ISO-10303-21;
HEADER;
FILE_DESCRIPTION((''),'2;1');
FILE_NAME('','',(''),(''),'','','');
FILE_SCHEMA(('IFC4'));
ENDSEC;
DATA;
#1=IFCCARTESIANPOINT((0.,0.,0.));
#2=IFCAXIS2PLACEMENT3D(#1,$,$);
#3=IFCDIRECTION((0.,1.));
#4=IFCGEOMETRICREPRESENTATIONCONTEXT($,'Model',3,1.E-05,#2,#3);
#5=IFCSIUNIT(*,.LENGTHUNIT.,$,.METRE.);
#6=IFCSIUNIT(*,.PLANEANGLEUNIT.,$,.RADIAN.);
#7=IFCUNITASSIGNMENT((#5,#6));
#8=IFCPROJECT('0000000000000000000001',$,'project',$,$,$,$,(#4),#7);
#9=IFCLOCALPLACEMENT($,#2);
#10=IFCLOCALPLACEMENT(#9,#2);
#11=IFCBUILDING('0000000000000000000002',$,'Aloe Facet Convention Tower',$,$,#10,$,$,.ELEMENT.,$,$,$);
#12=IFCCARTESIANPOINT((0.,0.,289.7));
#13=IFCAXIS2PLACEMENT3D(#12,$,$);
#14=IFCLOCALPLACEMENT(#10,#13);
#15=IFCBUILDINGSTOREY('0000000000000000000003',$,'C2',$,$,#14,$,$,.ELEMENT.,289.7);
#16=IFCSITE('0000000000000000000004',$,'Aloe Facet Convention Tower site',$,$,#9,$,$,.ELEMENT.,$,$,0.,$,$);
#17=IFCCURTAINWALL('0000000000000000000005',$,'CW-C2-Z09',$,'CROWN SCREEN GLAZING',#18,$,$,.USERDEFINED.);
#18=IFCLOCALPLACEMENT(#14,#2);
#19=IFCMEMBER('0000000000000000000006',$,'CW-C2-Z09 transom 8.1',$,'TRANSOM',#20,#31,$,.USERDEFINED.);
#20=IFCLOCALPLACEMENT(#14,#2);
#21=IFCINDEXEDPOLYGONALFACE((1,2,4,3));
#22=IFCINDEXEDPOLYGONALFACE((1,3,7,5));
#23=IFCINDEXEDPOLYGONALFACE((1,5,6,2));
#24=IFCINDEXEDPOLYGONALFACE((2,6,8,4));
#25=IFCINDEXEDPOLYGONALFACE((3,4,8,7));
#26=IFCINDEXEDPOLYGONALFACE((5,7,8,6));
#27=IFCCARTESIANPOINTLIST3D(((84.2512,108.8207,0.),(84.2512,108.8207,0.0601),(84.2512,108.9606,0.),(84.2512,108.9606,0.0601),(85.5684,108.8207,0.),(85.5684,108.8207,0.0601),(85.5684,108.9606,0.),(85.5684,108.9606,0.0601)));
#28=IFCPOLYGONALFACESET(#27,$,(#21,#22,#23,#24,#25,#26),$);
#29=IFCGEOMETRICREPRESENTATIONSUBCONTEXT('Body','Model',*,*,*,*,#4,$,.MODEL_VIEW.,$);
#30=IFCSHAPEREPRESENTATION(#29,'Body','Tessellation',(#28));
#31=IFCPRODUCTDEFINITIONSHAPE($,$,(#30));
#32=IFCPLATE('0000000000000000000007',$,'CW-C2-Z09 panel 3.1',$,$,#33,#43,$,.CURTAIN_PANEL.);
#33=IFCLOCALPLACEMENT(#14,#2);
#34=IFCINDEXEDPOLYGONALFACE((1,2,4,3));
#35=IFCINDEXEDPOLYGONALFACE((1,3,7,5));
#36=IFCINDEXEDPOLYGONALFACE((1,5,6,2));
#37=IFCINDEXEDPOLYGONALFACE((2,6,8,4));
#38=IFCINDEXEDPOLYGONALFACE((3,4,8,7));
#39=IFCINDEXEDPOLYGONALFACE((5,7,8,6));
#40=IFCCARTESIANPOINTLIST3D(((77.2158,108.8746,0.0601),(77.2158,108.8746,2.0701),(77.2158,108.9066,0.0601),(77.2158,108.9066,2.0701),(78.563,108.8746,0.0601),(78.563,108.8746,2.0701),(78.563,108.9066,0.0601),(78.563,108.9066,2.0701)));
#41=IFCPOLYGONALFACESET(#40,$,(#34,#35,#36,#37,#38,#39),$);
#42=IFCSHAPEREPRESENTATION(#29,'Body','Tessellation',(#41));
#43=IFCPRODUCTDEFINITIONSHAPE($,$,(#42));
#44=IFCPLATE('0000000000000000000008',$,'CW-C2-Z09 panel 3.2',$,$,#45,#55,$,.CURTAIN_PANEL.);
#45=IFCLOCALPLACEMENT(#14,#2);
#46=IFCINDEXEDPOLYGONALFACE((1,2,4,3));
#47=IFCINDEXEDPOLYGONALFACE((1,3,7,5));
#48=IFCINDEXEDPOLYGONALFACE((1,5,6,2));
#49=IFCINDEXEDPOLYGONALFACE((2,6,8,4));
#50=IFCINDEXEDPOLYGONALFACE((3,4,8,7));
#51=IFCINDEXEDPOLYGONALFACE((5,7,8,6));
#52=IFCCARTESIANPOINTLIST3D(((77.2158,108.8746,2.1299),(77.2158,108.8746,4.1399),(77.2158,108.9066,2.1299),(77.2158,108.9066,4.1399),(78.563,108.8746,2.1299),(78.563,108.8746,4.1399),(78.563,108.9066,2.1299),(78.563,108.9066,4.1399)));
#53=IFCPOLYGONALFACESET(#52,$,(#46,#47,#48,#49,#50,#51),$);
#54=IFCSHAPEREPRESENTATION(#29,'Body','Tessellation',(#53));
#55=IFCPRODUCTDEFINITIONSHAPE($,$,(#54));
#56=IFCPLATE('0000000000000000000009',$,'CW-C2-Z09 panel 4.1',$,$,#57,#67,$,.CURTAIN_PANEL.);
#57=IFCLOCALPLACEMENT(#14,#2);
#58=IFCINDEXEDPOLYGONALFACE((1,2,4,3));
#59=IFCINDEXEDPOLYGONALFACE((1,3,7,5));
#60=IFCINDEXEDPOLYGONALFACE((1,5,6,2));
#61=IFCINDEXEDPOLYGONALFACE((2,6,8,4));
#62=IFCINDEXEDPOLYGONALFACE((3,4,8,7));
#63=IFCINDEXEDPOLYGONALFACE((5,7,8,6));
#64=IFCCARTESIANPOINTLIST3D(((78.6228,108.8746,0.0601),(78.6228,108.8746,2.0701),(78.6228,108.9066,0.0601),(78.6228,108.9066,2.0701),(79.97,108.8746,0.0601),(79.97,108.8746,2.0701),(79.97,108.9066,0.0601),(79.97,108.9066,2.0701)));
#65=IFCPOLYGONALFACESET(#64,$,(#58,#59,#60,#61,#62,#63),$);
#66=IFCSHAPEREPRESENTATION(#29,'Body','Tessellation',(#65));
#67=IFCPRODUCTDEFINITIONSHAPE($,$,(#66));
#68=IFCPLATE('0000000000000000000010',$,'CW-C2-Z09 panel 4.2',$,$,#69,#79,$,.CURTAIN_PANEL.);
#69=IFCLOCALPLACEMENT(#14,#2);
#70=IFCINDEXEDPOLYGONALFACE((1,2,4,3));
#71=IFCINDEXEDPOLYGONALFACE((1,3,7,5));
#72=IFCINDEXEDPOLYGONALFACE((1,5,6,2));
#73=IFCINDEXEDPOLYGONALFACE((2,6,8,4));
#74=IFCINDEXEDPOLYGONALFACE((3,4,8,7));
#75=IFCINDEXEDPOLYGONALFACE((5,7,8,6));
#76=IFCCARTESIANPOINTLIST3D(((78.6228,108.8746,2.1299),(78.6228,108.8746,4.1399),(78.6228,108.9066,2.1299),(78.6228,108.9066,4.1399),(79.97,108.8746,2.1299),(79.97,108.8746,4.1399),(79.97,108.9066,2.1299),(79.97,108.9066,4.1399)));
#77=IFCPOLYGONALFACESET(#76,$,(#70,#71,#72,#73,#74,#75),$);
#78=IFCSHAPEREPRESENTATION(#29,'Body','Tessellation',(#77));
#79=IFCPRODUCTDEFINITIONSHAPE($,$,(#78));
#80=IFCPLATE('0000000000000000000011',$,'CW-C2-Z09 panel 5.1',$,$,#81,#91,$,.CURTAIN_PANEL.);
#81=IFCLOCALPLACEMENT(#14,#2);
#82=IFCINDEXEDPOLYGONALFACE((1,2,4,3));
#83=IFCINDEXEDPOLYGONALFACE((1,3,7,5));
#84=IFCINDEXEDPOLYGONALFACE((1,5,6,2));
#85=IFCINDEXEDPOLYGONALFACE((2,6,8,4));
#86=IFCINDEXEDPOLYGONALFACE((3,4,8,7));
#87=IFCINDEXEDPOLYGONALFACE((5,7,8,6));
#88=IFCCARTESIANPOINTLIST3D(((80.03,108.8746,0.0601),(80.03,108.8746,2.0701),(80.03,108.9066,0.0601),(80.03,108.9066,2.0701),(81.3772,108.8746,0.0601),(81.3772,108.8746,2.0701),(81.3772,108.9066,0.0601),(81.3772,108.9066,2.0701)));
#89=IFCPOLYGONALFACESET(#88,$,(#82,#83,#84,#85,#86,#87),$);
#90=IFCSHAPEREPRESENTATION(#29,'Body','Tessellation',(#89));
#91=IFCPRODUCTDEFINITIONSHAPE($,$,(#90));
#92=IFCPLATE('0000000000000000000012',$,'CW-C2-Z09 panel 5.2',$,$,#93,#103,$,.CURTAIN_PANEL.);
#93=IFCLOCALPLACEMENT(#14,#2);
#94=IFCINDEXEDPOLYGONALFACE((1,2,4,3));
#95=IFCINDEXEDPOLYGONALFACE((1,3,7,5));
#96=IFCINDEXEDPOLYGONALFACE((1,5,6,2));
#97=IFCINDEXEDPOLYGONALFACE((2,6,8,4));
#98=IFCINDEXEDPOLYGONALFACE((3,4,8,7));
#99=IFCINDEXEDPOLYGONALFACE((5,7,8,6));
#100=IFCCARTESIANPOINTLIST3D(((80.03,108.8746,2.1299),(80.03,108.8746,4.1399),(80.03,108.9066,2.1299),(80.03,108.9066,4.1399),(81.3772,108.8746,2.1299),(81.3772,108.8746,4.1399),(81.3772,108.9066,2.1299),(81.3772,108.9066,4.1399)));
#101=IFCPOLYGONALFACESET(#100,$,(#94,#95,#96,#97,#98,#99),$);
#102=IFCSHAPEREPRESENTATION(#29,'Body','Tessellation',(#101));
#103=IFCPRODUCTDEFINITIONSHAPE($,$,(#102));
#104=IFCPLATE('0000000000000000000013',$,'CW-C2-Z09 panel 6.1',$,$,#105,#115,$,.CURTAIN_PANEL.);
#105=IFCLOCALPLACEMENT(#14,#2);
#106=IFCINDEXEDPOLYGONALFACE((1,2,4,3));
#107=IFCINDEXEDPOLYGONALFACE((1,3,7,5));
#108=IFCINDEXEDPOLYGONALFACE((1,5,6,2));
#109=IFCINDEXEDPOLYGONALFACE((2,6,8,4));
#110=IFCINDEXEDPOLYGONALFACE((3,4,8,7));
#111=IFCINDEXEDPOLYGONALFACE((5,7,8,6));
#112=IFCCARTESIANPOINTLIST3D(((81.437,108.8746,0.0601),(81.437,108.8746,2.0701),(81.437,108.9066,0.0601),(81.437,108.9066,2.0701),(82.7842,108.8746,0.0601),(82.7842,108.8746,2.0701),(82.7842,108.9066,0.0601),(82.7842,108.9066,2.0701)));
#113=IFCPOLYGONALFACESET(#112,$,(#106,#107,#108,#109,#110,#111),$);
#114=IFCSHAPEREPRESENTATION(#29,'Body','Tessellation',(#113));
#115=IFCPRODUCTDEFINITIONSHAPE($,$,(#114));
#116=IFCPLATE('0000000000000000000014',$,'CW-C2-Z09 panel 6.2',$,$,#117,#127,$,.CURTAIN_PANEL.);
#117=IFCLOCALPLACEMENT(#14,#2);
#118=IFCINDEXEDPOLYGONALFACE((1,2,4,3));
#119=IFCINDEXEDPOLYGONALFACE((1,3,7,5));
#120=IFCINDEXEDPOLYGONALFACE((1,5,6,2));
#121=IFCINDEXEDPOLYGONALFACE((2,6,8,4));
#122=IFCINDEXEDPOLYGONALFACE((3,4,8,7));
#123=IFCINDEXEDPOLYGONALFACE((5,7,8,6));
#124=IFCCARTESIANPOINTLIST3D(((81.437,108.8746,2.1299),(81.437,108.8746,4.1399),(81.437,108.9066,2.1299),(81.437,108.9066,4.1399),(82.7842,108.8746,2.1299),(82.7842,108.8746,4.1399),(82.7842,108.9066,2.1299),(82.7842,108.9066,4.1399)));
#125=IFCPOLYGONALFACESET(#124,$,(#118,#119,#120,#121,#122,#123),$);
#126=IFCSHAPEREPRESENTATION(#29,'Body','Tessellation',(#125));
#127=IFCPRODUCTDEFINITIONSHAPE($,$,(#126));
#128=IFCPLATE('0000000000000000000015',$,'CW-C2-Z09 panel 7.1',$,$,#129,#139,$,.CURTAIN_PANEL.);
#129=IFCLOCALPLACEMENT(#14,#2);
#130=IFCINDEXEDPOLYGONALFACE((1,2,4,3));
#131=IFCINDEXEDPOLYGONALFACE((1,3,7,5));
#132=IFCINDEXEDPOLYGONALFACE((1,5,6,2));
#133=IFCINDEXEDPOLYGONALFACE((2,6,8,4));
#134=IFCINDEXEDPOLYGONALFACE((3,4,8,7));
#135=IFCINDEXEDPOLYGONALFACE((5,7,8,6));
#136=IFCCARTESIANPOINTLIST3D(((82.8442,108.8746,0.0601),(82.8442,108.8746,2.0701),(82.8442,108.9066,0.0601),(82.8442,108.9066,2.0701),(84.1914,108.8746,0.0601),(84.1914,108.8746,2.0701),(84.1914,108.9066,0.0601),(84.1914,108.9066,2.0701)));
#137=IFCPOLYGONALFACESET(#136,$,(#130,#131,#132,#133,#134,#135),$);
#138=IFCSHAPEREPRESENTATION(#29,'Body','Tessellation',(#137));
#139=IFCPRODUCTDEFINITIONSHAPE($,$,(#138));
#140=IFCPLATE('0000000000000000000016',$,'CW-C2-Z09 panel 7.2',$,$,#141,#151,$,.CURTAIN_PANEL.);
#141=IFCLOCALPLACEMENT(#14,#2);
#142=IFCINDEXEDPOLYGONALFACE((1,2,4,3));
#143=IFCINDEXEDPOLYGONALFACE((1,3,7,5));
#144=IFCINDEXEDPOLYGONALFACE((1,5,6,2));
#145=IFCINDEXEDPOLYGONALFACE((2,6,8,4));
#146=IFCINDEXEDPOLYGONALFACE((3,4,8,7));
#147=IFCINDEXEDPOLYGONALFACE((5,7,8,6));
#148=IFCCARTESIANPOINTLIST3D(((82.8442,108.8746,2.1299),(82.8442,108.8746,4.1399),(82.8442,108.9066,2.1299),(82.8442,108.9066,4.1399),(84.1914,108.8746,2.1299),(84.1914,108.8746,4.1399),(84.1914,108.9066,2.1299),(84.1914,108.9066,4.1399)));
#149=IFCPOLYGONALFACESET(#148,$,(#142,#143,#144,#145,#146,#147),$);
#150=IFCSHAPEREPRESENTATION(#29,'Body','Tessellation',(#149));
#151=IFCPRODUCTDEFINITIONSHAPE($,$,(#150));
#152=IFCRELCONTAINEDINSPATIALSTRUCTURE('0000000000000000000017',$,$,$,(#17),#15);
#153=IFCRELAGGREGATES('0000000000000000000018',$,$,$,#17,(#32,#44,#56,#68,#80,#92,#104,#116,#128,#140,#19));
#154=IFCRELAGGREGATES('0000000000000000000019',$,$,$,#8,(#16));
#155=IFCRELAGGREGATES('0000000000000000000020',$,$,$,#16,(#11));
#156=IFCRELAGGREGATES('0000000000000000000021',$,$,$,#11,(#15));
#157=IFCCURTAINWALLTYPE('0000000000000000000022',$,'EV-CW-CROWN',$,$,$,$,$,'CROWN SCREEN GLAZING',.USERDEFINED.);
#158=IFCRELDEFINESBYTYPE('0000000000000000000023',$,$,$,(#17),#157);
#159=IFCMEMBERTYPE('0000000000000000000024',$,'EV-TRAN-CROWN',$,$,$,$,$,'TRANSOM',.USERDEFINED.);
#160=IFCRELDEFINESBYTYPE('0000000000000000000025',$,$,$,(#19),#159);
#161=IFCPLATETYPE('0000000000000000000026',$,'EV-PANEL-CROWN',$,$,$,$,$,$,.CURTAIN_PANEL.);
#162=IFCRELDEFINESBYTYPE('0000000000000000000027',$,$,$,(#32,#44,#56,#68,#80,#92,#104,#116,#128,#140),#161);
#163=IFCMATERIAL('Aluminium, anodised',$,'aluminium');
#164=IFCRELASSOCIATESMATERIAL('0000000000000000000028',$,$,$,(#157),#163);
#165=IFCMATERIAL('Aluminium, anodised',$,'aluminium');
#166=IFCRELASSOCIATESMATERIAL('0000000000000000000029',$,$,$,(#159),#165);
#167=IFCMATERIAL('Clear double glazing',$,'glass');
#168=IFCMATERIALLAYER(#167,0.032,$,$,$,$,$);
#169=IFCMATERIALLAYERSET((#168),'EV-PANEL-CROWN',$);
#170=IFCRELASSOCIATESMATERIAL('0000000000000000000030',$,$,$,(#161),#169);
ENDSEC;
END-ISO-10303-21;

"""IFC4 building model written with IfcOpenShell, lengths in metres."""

from ifc_helpers import new_model, si_unit, direction, frame, origin, origin_2d, place, context, subcontext, project, spatial, rectangle, extrude, material, layer, layer_set, material_profile, profile_set, type_object, element, aggregate, save


model = new_model("IFC4")

# Units and contexts
model_context = context("Model", 3, precision=1e-05, world=origin(), true_north=direction((0.0, 1.0)))
body_context = subcontext(model_context, "Body", "Model", "MODEL_VIEW")
ifc_project = project(units=[si_unit("LENGTHUNIT", "METRE"), si_unit("PLANEANGLEUNIT", "RADIAN")], contexts=[model_context])

# Site, building, storey
site_placement = place(None, origin())
site = spatial("IfcSite", under=ifc_project, at=site_placement, Name="Aloe Facet Convention Tower site", CompositionType="ELEMENT", RefElevation=0.0)
building_placement = place(site_placement, origin())
building = spatial("IfcBuilding", under=site, at=building_placement, Name="Aloe Facet Convention Tower", CompositionType="ELEMENT")
storey_placement = place(building_placement, frame((0.0, 0.0, 289.7)))
storey = spatial("IfcBuildingStorey", under=building, at=storey_placement, Name="C2", CompositionType="ELEMENT", Elevation=289.7)

# Curtain wall, member, plates
ifc_material_1 = material(Name="Aluminium, anodised", Category="aluminium")
curtain_wall_type = type_object("IfcCurtainWallType", Name="EV-CW-CROWN", ElementType="CROWN SCREEN GLAZING", PredefinedType="USERDEFINED", material=ifc_material_1)
curtain_wall_placement = place(storey_placement, origin())
curtain_wall = element("IfcCurtainWall", 1, at=curtain_wall_placement, inside=storey, type_object=curtain_wall_type, Name="CW-C2-Z09", ObjectType="CROWN SCREEN GLAZING", PredefinedType="USERDEFINED")
ifc_material_2 = material(Name="Aluminium, anodised", Category="aluminium")
ifc_material_profile = material_profile(ifc_material_2, rectangle(XDim=0.1399, YDim=0.0601, at=origin_2d()), Name="AL 140x60")
ifc_profile_set = profile_set([ifc_material_profile], Name="Aluminium, anodised")
member_type = type_object("IfcMemberType", Name="EV-TRAN-CROWN", ElementType="TRANSOM", PredefinedType="USERDEFINED", material=ifc_profile_set)
member_1_placement = place(storey_placement, frame((84.2512, 108.8906, 0.03), z_axis=(1.0, 0.0, 0.0), x_axis=(0.0, 1.0, 0.0)))
member_1 = element("IfcMember", 2, at=member_1_placement, type_object=member_type, Name="CW-C2-Z09 transom 8.1", ObjectType="TRANSOM", PredefinedType="USERDEFINED", context=body_context, shape_type="SweptSolid", body=[
    extrude(rectangle(XDim=0.1399, YDim=0.0601, at=origin_2d()), origin(), (0.0, 0.0, 1.0), 1.3171),
])
ifc_material_3 = material(Name="Clear double glazing", Category="glass")
ifc_layer = layer(ifc_material_3, 0.032)
ifc_layer_set = layer_set([ifc_layer], Name="EV-PANEL-CROWN")
plate_type = type_object("IfcPlateType", Name="EV-PANEL-CROWN", PredefinedType="CURTAIN_PANEL", material=ifc_layer_set)
plate_1_placement = place(storey_placement, frame((77.8894, 108.8906, 0.0601), z_axis=(0.0, 0.0, 1.0), x_axis=(1.0, 0.0, 0.0)))
plate_1 = element("IfcPlate", 3, at=plate_1_placement, type_object=plate_type, Name="CW-C2-Z09 panel 3.1", PredefinedType="CURTAIN_PANEL", context=body_context, shape_type="SweptSolid", body=[
    extrude(rectangle(XDim=1.3472, YDim=0.032, at=origin_2d()), origin(), (0.0, 0.0, 1.0), 2.01),
])
plate_2_placement = place(storey_placement, frame((77.8894, 108.8906, 2.1299), z_axis=(0.0, 0.0, 1.0), x_axis=(1.0, 0.0, 0.0)))
plate_2 = element("IfcPlate", 4, at=plate_2_placement, type_object=plate_type, Name="CW-C2-Z09 panel 3.2", PredefinedType="CURTAIN_PANEL", context=body_context, shape_type="SweptSolid", body=[
    extrude(rectangle(XDim=1.3472, YDim=0.032, at=origin_2d()), origin(), (0.0, 0.0, 1.0), 2.01),
])
plate_3_placement = place(storey_placement, frame((79.2964, 108.8906, 0.0601), z_axis=(0.0, 0.0, 1.0), x_axis=(1.0, 0.0, 0.0)))
plate_3 = element("IfcPlate", 5, at=plate_3_placement, type_object=plate_type, Name="CW-C2-Z09 panel 4.1", PredefinedType="CURTAIN_PANEL", context=body_context, shape_type="SweptSolid", body=[
    extrude(rectangle(XDim=1.3472, YDim=0.032, at=origin_2d()), origin(), (0.0, 0.0, 1.0), 2.01),
])
plate_4_placement = place(storey_placement, frame((79.2964, 108.8906, 2.1299), z_axis=(0.0, 0.0, 1.0), x_axis=(1.0, 0.0, 0.0)))
plate_4 = element("IfcPlate", 6, at=plate_4_placement, type_object=plate_type, Name="CW-C2-Z09 panel 4.2", PredefinedType="CURTAIN_PANEL", context=body_context, shape_type="SweptSolid", body=[
    extrude(rectangle(XDim=1.3472, YDim=0.032, at=origin_2d()), origin(), (0.0, 0.0, 1.0), 2.01),
])
plate_5_placement = place(storey_placement, frame((80.7036, 108.8906, 0.0601), z_axis=(0.0, 0.0, 1.0), x_axis=(1.0, 0.0, 0.0)))
plate_5 = element("IfcPlate", 7, at=plate_5_placement, type_object=plate_type, Name="CW-C2-Z09 panel 5.1", PredefinedType="CURTAIN_PANEL", context=body_context, shape_type="SweptSolid", body=[
    extrude(rectangle(XDim=1.3472, YDim=0.032, at=origin_2d()), origin(), (0.0, 0.0, 1.0), 2.01),
])
plate_6_placement = place(storey_placement, frame((80.7036, 108.8906, 2.1299), z_axis=(0.0, 0.0, 1.0), x_axis=(1.0, 0.0, 0.0)))
plate_6 = element("IfcPlate", 8, at=plate_6_placement, type_object=plate_type, Name="CW-C2-Z09 panel 5.2", PredefinedType="CURTAIN_PANEL", context=body_context, shape_type="SweptSolid", body=[
    extrude(rectangle(XDim=1.3472, YDim=0.032, at=origin_2d()), origin(), (0.0, 0.0, 1.0), 2.01),
])
plate_7_placement = place(storey_placement, frame((82.1106, 108.8906, 0.0601), z_axis=(0.0, 0.0, 1.0), x_axis=(1.0, 0.0, 0.0)))
plate_7 = element("IfcPlate", 9, at=plate_7_placement, type_object=plate_type, Name="CW-C2-Z09 panel 6.1", PredefinedType="CURTAIN_PANEL", context=body_context, shape_type="SweptSolid", body=[
    extrude(rectangle(XDim=1.3472, YDim=0.032, at=origin_2d()), origin(), (0.0, 0.0, 1.0), 2.01),
])
plate_8_placement = place(storey_placement, frame((82.1106, 108.8906, 2.1299), z_axis=(0.0, 0.0, 1.0), x_axis=(1.0, 0.0, 0.0)))
plate_8 = element("IfcPlate", 10, at=plate_8_placement, type_object=plate_type, Name="CW-C2-Z09 panel 6.2", PredefinedType="CURTAIN_PANEL", context=body_context, shape_type="SweptSolid", body=[
    extrude(rectangle(XDim=1.3472, YDim=0.032, at=origin_2d()), origin(), (0.0, 0.0, 1.0), 2.01),
])
plate_9_placement = place(storey_placement, frame((83.5178, 108.8906, 0.0601), z_axis=(0.0, 0.0, 1.0), x_axis=(1.0, 0.0, 0.0)))
plate_9 = element("IfcPlate", 11, at=plate_9_placement, type_object=plate_type, Name="CW-C2-Z09 panel 7.1", PredefinedType="CURTAIN_PANEL", context=body_context, shape_type="SweptSolid", body=[
    extrude(rectangle(XDim=1.3472, YDim=0.032, at=origin_2d()), origin(), (0.0, 0.0, 1.0), 2.01),
])
plate_10_placement = place(storey_placement, frame((83.5178, 108.8906, 2.1299), z_axis=(0.0, 0.0, 1.0), x_axis=(1.0, 0.0, 0.0)))
plate_10 = element("IfcPlate", 12, at=plate_10_placement, type_object=plate_type, Name="CW-C2-Z09 panel 7.2", PredefinedType="CURTAIN_PANEL", context=body_context, shape_type="SweptSolid", body=[
    extrude(rectangle(XDim=1.3472, YDim=0.032, at=origin_2d()), origin(), (0.0, 0.0, 1.0), 2.01),
])
aggregate(curtain_wall, [plate_1, plate_2, plate_3, plate_4, plate_5, plate_6, plate_7, plate_8, plate_9, plate_10, member_1])

save(model, "model.ifc")
